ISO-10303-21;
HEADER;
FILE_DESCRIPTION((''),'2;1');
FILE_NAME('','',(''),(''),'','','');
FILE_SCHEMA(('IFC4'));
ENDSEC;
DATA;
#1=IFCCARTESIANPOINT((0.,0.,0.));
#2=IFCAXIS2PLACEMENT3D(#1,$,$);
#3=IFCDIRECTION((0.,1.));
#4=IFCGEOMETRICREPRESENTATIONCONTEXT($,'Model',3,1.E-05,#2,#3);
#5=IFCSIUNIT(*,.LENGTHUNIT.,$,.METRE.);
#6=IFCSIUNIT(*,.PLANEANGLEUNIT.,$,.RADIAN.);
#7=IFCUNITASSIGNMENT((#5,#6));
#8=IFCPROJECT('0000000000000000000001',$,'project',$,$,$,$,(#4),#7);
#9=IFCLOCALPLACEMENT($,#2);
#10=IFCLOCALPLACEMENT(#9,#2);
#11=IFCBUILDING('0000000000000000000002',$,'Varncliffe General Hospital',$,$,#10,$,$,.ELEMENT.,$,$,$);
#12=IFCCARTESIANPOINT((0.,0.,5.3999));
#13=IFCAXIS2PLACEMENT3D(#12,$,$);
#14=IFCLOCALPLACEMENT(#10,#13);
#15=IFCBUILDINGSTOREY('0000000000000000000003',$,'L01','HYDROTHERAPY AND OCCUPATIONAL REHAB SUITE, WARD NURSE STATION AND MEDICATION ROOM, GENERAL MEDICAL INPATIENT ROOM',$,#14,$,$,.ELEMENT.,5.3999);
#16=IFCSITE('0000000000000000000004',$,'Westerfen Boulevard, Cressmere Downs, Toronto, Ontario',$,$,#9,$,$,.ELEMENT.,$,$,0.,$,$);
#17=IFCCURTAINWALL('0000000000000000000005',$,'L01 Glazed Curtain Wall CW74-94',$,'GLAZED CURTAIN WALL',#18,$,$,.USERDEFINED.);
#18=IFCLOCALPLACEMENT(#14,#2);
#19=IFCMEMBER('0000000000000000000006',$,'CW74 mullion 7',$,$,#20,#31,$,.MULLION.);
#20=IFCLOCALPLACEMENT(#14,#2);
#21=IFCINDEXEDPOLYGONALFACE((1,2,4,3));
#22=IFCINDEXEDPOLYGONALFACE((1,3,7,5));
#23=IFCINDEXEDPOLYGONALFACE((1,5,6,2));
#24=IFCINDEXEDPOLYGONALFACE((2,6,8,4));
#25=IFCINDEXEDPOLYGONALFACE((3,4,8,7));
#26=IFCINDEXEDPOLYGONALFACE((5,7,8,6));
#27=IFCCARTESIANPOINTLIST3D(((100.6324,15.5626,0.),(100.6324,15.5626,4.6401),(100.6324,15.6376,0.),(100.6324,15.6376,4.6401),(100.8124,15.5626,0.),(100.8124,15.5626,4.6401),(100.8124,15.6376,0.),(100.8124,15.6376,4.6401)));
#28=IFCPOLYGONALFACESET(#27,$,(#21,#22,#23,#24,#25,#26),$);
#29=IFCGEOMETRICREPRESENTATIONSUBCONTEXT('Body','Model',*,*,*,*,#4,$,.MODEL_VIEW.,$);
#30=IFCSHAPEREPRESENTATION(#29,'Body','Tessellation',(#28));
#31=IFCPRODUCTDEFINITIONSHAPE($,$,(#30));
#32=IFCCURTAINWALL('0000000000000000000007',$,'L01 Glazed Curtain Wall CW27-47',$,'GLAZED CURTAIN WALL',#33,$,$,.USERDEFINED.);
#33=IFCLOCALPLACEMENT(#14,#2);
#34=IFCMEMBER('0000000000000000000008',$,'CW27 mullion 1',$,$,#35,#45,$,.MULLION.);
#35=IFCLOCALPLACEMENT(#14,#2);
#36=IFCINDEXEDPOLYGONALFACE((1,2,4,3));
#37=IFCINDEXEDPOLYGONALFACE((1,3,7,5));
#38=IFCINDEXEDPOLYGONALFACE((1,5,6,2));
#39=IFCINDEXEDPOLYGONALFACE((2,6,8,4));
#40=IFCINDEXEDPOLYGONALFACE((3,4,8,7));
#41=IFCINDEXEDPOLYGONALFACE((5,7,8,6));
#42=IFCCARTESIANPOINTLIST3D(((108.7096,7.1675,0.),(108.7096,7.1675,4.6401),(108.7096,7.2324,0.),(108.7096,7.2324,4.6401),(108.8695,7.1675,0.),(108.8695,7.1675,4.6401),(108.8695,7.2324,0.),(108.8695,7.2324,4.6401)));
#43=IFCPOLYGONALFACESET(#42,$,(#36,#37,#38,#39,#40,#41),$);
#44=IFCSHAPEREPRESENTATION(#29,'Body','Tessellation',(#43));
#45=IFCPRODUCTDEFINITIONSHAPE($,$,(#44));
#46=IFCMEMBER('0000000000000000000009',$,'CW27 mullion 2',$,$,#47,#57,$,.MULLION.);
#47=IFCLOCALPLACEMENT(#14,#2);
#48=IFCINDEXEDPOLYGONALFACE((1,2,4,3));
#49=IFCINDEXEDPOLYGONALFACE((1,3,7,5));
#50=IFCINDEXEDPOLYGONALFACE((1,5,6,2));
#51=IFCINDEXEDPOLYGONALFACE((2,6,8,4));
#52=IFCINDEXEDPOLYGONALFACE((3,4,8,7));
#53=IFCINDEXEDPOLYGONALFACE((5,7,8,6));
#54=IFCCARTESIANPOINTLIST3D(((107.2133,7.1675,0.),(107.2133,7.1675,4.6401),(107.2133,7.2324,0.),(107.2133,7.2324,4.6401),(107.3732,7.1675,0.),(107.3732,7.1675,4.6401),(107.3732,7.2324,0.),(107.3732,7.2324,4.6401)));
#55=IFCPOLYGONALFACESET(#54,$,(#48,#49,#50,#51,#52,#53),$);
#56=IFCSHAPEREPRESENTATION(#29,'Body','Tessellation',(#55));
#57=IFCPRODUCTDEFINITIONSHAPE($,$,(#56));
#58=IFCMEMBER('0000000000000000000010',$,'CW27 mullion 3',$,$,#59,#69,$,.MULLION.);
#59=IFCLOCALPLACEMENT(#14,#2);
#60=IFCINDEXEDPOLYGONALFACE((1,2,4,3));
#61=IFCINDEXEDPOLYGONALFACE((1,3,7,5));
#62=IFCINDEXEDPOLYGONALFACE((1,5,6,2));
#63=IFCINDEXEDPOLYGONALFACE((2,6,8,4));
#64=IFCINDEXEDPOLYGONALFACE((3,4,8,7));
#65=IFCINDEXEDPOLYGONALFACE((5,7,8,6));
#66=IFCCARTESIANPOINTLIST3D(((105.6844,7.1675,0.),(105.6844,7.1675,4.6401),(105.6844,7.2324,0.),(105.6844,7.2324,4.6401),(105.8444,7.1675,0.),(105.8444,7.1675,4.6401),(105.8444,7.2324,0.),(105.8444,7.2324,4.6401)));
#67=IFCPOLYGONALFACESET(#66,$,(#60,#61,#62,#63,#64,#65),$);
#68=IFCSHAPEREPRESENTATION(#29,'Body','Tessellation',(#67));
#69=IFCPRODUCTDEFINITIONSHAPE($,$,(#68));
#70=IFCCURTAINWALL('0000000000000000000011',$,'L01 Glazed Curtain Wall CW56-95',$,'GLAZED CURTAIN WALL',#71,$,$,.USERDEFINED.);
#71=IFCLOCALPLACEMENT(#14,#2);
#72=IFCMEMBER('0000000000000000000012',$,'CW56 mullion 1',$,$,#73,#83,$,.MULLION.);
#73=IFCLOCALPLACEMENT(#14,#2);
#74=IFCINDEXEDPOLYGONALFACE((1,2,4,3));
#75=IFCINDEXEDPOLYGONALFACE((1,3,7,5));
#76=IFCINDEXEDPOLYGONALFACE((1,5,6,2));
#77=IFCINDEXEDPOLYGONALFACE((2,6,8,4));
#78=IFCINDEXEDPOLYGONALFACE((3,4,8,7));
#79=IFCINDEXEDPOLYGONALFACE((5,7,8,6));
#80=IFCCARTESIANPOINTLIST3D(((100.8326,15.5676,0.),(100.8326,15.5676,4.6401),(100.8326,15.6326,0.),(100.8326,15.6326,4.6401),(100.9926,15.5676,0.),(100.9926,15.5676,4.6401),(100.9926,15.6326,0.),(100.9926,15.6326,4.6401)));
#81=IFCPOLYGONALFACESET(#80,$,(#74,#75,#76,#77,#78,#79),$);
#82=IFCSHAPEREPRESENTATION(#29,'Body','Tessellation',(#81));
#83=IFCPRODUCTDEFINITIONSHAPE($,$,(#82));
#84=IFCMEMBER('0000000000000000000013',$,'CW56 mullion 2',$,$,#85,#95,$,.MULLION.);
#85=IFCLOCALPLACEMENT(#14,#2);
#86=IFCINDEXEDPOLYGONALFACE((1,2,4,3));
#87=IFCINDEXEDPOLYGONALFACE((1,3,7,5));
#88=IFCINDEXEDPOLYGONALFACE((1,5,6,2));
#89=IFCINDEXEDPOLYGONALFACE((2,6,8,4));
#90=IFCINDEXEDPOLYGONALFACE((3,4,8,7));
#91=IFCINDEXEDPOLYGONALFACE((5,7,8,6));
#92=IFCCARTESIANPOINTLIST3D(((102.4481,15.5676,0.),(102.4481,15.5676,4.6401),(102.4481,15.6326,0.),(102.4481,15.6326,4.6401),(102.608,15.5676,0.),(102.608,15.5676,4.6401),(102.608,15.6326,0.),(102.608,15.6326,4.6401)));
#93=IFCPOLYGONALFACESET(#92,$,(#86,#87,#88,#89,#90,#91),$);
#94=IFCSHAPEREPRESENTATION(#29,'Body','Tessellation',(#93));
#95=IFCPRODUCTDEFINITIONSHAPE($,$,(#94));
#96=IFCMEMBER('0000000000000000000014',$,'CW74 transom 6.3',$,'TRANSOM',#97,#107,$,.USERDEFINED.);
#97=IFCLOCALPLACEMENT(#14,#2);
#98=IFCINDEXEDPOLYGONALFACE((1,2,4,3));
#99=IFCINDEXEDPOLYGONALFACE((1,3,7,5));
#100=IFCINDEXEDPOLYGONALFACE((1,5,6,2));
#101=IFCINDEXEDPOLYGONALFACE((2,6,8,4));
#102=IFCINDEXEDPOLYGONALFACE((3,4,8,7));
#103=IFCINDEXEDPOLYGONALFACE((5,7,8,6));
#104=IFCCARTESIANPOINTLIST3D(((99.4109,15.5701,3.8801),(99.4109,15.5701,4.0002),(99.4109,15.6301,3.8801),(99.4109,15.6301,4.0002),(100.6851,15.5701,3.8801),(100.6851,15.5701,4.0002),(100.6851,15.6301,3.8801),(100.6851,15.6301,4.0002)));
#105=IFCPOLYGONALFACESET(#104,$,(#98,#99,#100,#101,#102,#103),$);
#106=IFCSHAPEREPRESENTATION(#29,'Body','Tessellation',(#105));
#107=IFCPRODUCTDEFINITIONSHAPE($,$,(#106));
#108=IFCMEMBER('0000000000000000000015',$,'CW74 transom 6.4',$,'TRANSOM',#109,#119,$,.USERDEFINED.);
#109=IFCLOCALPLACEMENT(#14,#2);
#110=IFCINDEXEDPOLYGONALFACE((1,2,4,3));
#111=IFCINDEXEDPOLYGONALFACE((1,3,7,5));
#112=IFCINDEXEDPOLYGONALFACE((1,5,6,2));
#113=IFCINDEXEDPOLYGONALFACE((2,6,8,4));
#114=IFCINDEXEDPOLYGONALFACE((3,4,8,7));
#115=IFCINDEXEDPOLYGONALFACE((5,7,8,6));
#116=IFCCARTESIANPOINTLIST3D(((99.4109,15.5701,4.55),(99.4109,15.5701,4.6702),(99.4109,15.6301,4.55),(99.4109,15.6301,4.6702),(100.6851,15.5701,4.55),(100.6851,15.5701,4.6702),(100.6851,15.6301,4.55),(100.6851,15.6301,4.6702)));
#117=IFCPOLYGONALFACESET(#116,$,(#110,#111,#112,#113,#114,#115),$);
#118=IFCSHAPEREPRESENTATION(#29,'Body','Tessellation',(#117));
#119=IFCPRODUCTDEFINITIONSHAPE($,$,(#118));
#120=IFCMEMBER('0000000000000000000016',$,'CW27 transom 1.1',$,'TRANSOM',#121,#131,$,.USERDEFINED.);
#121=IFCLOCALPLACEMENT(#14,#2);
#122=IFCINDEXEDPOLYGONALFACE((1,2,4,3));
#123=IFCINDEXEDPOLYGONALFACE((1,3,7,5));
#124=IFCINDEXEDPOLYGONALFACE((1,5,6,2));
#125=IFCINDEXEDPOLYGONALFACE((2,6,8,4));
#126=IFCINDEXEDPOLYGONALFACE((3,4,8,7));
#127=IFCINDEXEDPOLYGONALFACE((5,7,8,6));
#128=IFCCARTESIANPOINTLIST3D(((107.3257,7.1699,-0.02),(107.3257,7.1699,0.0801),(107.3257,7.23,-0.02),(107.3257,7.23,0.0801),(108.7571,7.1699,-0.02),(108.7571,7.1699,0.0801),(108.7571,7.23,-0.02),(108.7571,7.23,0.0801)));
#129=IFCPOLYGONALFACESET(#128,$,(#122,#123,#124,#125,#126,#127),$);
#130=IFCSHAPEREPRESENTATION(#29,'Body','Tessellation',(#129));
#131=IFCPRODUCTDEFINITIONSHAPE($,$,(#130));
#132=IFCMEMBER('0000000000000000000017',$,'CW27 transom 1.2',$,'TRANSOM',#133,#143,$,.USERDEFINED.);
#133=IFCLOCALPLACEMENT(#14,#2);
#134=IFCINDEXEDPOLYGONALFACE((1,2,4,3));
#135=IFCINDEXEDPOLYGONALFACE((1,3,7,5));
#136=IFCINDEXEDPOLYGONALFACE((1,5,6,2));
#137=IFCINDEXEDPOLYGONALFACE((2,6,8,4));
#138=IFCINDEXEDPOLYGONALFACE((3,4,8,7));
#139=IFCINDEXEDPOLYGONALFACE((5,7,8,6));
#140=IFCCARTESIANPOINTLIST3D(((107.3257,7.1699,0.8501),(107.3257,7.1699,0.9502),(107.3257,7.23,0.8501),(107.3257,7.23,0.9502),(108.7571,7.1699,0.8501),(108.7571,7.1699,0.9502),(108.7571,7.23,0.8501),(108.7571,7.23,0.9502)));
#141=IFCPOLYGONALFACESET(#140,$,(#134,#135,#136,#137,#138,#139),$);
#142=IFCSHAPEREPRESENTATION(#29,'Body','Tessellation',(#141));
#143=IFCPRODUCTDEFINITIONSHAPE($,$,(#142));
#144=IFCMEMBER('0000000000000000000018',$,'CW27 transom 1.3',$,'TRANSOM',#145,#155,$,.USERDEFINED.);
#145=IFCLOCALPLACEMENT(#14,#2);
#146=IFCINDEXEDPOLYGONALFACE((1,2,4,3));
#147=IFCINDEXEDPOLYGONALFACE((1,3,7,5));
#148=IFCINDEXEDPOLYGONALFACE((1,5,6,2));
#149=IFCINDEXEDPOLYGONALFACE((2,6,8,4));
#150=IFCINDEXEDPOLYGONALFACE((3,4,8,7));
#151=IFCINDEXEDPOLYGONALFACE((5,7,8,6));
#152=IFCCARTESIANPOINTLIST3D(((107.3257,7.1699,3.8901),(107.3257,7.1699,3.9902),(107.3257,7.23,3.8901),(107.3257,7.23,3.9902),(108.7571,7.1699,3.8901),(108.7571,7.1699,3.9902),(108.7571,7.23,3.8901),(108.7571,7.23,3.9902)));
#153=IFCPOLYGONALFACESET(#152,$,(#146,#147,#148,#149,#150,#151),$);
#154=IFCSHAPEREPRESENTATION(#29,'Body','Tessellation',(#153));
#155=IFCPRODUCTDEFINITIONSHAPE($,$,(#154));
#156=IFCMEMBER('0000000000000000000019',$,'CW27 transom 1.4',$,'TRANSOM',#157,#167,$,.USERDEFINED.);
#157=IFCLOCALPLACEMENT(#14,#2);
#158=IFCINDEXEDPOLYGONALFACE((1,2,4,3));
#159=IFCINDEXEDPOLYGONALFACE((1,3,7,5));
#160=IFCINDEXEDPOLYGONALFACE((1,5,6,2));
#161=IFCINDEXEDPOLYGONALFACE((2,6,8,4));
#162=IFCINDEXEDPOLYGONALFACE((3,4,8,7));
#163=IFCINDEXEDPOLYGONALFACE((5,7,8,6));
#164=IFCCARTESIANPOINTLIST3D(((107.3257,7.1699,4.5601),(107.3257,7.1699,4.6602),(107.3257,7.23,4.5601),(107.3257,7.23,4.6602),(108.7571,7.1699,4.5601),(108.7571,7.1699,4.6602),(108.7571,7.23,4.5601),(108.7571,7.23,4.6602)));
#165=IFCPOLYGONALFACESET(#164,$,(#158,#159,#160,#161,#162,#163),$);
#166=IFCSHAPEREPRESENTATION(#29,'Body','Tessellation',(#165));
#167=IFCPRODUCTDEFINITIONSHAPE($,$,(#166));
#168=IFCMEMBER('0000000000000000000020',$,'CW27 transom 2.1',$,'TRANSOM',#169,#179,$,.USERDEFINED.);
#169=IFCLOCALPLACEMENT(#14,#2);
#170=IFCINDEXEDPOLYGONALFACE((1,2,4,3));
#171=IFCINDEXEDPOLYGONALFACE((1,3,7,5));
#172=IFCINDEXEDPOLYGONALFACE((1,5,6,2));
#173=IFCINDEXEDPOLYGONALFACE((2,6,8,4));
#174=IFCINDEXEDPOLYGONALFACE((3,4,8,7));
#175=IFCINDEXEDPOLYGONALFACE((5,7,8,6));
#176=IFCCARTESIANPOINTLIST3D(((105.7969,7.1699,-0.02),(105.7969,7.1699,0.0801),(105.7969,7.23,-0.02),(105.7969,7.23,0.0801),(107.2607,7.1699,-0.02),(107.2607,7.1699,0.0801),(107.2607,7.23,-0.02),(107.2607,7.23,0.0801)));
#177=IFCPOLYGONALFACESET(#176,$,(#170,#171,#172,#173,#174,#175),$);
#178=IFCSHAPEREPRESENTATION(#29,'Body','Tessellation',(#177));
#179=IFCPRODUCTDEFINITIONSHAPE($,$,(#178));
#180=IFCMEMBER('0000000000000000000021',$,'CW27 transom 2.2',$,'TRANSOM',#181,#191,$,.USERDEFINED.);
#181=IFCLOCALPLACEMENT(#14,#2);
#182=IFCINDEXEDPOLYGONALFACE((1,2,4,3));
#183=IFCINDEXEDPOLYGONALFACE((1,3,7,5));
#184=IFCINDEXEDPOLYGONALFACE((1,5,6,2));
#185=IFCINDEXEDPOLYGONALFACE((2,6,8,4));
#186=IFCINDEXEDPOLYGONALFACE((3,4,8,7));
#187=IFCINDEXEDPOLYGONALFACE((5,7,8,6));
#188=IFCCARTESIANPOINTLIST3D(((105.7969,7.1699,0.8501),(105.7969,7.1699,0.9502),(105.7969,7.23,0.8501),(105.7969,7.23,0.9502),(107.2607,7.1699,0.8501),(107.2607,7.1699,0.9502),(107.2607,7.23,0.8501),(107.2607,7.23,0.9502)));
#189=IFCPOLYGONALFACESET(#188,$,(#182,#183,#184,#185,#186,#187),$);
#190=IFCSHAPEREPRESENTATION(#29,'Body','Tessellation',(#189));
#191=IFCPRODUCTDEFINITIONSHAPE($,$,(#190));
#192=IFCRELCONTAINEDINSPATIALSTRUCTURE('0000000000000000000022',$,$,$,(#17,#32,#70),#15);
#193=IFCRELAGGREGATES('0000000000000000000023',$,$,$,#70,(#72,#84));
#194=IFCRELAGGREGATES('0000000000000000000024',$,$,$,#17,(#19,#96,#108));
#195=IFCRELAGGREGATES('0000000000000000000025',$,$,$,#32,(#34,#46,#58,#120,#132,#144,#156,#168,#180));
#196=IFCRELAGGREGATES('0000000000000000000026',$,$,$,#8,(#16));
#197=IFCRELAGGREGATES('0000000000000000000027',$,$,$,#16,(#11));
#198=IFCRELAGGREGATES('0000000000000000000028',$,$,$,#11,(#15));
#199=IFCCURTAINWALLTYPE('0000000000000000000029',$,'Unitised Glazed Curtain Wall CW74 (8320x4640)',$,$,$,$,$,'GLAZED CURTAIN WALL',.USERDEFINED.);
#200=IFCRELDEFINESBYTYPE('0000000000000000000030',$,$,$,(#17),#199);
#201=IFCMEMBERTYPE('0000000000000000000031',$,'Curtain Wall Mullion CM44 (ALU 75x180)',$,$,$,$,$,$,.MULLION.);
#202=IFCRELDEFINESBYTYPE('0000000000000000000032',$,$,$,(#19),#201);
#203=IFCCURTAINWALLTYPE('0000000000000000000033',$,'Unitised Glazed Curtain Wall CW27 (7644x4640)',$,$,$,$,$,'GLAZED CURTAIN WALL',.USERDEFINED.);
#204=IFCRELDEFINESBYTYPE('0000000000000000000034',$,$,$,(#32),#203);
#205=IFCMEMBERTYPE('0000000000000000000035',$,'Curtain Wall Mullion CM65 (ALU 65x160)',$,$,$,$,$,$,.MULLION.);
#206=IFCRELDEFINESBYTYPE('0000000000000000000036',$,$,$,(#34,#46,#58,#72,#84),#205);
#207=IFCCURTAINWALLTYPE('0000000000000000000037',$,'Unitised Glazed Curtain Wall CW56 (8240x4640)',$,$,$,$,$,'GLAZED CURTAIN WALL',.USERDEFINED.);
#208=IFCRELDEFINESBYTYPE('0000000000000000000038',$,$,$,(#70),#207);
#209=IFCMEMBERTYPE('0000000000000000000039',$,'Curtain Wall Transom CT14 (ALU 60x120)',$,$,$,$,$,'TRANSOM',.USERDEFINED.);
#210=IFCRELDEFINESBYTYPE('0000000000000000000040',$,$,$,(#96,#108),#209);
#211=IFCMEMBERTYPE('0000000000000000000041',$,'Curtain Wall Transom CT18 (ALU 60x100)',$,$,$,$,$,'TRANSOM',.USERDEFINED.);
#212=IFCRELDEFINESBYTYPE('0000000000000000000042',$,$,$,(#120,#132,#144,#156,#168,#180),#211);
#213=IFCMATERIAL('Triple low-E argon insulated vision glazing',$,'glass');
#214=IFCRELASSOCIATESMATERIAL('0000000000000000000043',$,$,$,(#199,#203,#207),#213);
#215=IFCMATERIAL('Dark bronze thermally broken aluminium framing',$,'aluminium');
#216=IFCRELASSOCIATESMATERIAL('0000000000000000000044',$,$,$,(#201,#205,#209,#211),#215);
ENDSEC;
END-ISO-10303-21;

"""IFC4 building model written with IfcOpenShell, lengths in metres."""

from ifc_helpers import new_model, si_unit, direction, frame, origin, origin_2d, place, context, subcontext, project, spatial, rectangle, extrude, material, material_profile, profile_set, type_object, element, aggregate, save


model = new_model("IFC4")

# Units and contexts
model_context = context("Model", 3, precision=1e-05, world=origin(), true_north=direction((0.0, 1.0)))
body_context = subcontext(model_context, "Body", "Model", "MODEL_VIEW")
ifc_project = project(units=[si_unit("LENGTHUNIT", "METRE"), si_unit("PLANEANGLEUNIT", "RADIAN")], contexts=[model_context])

# Site, building, storey
site_placement = place(None, origin())
site = spatial("IfcSite", under=ifc_project, at=site_placement, Name="Westerfen Boulevard, Cressmere Downs, Toronto, Ontario", CompositionType="ELEMENT", RefElevation=0.0)
building_placement = place(site_placement, origin())
building = spatial("IfcBuilding", under=site, at=building_placement, Name="Varncliffe General Hospital", CompositionType="ELEMENT")
storey_placement = place(building_placement, frame((0.0, 0.0, 5.3999)))
storey = spatial("IfcBuildingStorey", under=building, at=storey_placement, Name="L01", Description="HYDROTHERAPY AND OCCUPATIONAL REHAB SUITE, WARD NURSE STATION AND MEDICATION ROOM, GENERAL MEDICAL INPATIENT ROOM", CompositionType="ELEMENT", Elevation=5.3999)

# Curtain wall, member
ifc_material_1 = material(Name="Triple low-E argon insulated vision glazing", Category="glass")
curtain_wall_type_1 = type_object("IfcCurtainWallType", Name="Unitised Glazed Curtain Wall CW74 (8320x4640)", ElementType="GLAZED CURTAIN WALL", PredefinedType="USERDEFINED", material=ifc_material_1)
curtain_wall_1_placement = place(storey_placement, origin())
curtain_wall_1 = element("IfcCurtainWall", 1, at=curtain_wall_1_placement, inside=storey, type_object=curtain_wall_type_1, Name="L01 Glazed Curtain Wall CW74-94", ObjectType="GLAZED CURTAIN WALL", PredefinedType="USERDEFINED")
ifc_material_2 = material(Name="Dark bronze thermally broken aluminium framing", Category="aluminium")
ifc_material_profile_1 = material_profile(ifc_material_2, rectangle(XDim=0.075, YDim=0.1799, at=origin_2d()), Name="ALU 75x180")
ifc_profile_set_1 = profile_set([ifc_material_profile_1], Name="Dark bronze thermally broken aluminium framing")
member_type_1 = type_object("IfcMemberType", Name="Curtain Wall Mullion CM44 (ALU 75x180)", PredefinedType="MULLION", material=ifc_profile_set_1)
member_1_placement = place(storey_placement, frame((100.7224, 15.6001, 0.0), z_axis=(0.0, 0.0, 1.0), x_axis=(0.0, 1.0, 0.0)))
member_1 = element("IfcMember", 2, at=member_1_placement, type_object=member_type_1, Name="CW74 mullion 7", PredefinedType="MULLION", context=body_context, shape_type="SweptSolid", body=[
    extrude(rectangle(XDim=0.075, YDim=0.1799, at=origin_2d()), origin(), (0.0, 0.0, 1.0), 4.6401),
])

# Curtain walls, members
curtain_wall_type_2 = type_object("IfcCurtainWallType", Name="Unitised Glazed Curtain Wall CW27 (7644x4640)", ElementType="GLAZED CURTAIN WALL", PredefinedType="USERDEFINED", material=ifc_material_1)
curtain_wall_2_placement = place(storey_placement, origin())
curtain_wall_2 = element("IfcCurtainWall", 3, at=curtain_wall_2_placement, inside=storey, type_object=curtain_wall_type_2, Name="L01 Glazed Curtain Wall CW27-47", ObjectType="GLAZED CURTAIN WALL", PredefinedType="USERDEFINED")
ifc_material_profile_2 = material_profile(ifc_material_2, rectangle(XDim=0.0649, YDim=0.1599, at=origin_2d()), Name="ALU 65x160")
ifc_profile_set_2 = profile_set([ifc_material_profile_2], Name="Dark bronze thermally broken aluminium framing")
member_type_2 = type_object("IfcMemberType", Name="Curtain Wall Mullion CM65 (ALU 65x160)", PredefinedType="MULLION", material=ifc_profile_set_2)
member_2_placement = place(storey_placement, frame((108.7896, 7.2, 0.0), z_axis=(0.0, 0.0, 1.0), x_axis=(0.0, -1.0, 0.0)))
member_2 = element("IfcMember", 4, at=member_2_placement, type_object=member_type_2, Name="CW27 mullion 1", PredefinedType="MULLION", context=body_context, shape_type="SweptSolid", body=[
    extrude(rectangle(XDim=0.0649, YDim=0.1599, at=origin_2d()), origin(), (0.0, 0.0, 1.0), 4.6401),
])
member_3_placement = place(storey_placement, frame((107.2932, 7.2, 0.0), z_axis=(0.0, 0.0, 1.0), x_axis=(0.0, -1.0, 0.0)))
member_3 = element("IfcMember", 5, at=member_3_placement, type_object=member_type_2, Name="CW27 mullion 2", PredefinedType="MULLION", context=body_context, shape_type="SweptSolid", body=[
    extrude(rectangle(XDim=0.0649, YDim=0.1599, at=origin_2d()), origin(), (0.0, 0.0, 1.0), 4.6401),
])
member_4_placement = place(storey_placement, frame((105.7644, 7.2, 0.0), z_axis=(0.0, 0.0, 1.0), x_axis=(0.0, -1.0, 0.0)))
member_4 = element("IfcMember", 6, at=member_4_placement, type_object=member_type_2, Name="CW27 mullion 3", PredefinedType="MULLION", context=body_context, shape_type="SweptSolid", body=[
    extrude(rectangle(XDim=0.0649, YDim=0.1599, at=origin_2d()), origin(), (0.0, 0.0, 1.0), 4.6401),
])
curtain_wall_type_3 = type_object("IfcCurtainWallType", Name="Unitised Glazed Curtain Wall CW56 (8240x4640)", ElementType="GLAZED CURTAIN WALL", PredefinedType="USERDEFINED", material=ifc_material_1)
curtain_wall_3_placement = place(storey_placement, origin())
curtain_wall_3 = element("IfcCurtainWall", 7, at=curtain_wall_3_placement, inside=storey, type_object=curtain_wall_type_3, Name="L01 Glazed Curtain Wall CW56-95", ObjectType="GLAZED CURTAIN WALL", PredefinedType="USERDEFINED")
member_5_placement = place(storey_placement, frame((100.9126, 15.6001, 0.0), z_axis=(0.0, 0.0, 1.0), x_axis=(0.0, 1.0, 0.0)))
member_5 = element("IfcMember", 8, at=member_5_placement, type_object=member_type_2, Name="CW56 mullion 1", PredefinedType="MULLION", context=body_context, shape_type="SweptSolid", body=[
    extrude(rectangle(XDim=0.0649, YDim=0.1599, at=origin_2d()), origin(), (0.0, 0.0, 1.0), 4.6401),
])
member_6_placement = place(storey_placement, frame((102.5281, 15.6001, 0.0), z_axis=(0.0, 0.0, 1.0), x_axis=(0.0, 1.0, 0.0)))
member_6 = element("IfcMember", 9, at=member_6_placement, type_object=member_type_2, Name="CW56 mullion 2", PredefinedType="MULLION", context=body_context, shape_type="SweptSolid", body=[
    extrude(rectangle(XDim=0.0649, YDim=0.1599, at=origin_2d()), origin(), (0.0, 0.0, 1.0), 4.6401),
])

# Members
ifc_material_profile_3 = material_profile(ifc_material_2, rectangle(XDim=0.0601, YDim=0.1201, at=origin_2d()), Name="ALU 60x120")
ifc_profile_set_3 = profile_set([ifc_material_profile_3], Name="Dark bronze thermally broken aluminium framing")
member_type_3 = type_object("IfcMemberType", Name="Curtain Wall Transom CT14 (ALU 60x120)", ElementType="TRANSOM", PredefinedType="USERDEFINED", material=ifc_profile_set_3)
member_7_placement = place(storey_placement, frame((99.4109, 15.6001, 3.9402), z_axis=(1.0, 0.0, 0.0), x_axis=(0.0, 1.0, 0.0)))
member_7 = element("IfcMember", 10, at=member_7_placement, type_object=member_type_3, Name="CW74 transom 6.3", ObjectType="TRANSOM", PredefinedType="USERDEFINED", context=body_context, shape_type="SweptSolid", body=[
    extrude(rectangle(XDim=0.0601, YDim=0.1201, at=origin_2d()), origin(), (0.0, 0.0, 1.0), 1.2742),
])
member_8_placement = place(storey_placement, frame((99.4109, 15.6001, 4.6101), z_axis=(1.0, 0.0, 0.0), x_axis=(0.0, 1.0, 0.0)))
member_8 = element("IfcMember", 11, at=member_8_placement, type_object=member_type_3, Name="CW74 transom 6.4", ObjectType="TRANSOM", PredefinedType="USERDEFINED", context=body_context, shape_type="SweptSolid", body=[
    extrude(rectangle(XDim=0.0601, YDim=0.1201, at=origin_2d()), origin(), (0.0, 0.0, 1.0), 1.2742),
])
ifc_material_profile_4 = material_profile(ifc_material_2, rectangle(XDim=0.0601, YDim=0.1001, at=origin_2d()), Name="ALU 60x100")
ifc_profile_set_4 = profile_set([ifc_material_profile_4], Name="Dark bronze thermally broken aluminium framing")
member_type_4 = type_object("IfcMemberType", Name="Curtain Wall Transom CT18 (ALU 60x100)", ElementType="TRANSOM", PredefinedType="USERDEFINED", material=ifc_profile_set_4)
member_9_placement = place(storey_placement, frame((108.7571, 7.2, 0.03), z_axis=(-1.0, 0.0, 0.0), x_axis=(0.0, -1.0, 0.0)))
member_9 = element("IfcMember", 12, at=member_9_placement, type_object=member_type_4, Name="CW27 transom 1.1", ObjectType="TRANSOM", PredefinedType="USERDEFINED", context=body_context, shape_type="SweptSolid", body=[
    extrude(rectangle(XDim=0.0601, YDim=0.1001, at=origin_2d()), origin(), (0.0, 0.0, 1.0), 1.4314),
])
member_10_placement = place(storey_placement, frame((108.7571, 7.2, 0.9001), z_axis=(-1.0, 0.0, 0.0), x_axis=(0.0, -1.0, 0.0)))
member_10 = element("IfcMember", 13, at=member_10_placement, type_object=member_type_4, Name="CW27 transom 1.2", ObjectType="TRANSOM", PredefinedType="USERDEFINED", context=body_context, shape_type="SweptSolid", body=[
    extrude(rectangle(XDim=0.0601, YDim=0.1001, at=origin_2d()), origin(), (0.0, 0.0, 1.0), 1.4314),
])
member_11_placement = place(storey_placement, frame((108.7571, 7.2, 3.9402), z_axis=(-1.0, 0.0, 0.0), x_axis=(0.0, -1.0, 0.0)))
member_11 = element("IfcMember", 14, at=member_11_placement, type_object=member_type_4, Name="CW27 transom 1.3", ObjectType="TRANSOM", PredefinedType="USERDEFINED", context=body_context, shape_type="SweptSolid", body=[
    extrude(rectangle(XDim=0.0601, YDim=0.1001, at=origin_2d()), origin(), (0.0, 0.0, 1.0), 1.4314),
])
member_12_placement = place(storey_placement, frame((108.7571, 7.2, 4.6101), z_axis=(-1.0, 0.0, 0.0), x_axis=(0.0, -1.0, 0.0)))
member_12 = element("IfcMember", 15, at=member_12_placement, type_object=member_type_4, Name="CW27 transom 1.4", ObjectType="TRANSOM", PredefinedType="USERDEFINED", context=body_context, shape_type="SweptSolid", body=[
    extrude(rectangle(XDim=0.0601, YDim=0.1001, at=origin_2d()), origin(), (0.0, 0.0, 1.0), 1.4314),
])
member_13_placement = place(storey_placement, frame((107.2607, 7.2, 0.03), z_axis=(-1.0, 0.0, 0.0), x_axis=(0.0, -1.0, 0.0)))
member_13 = element("IfcMember", 16, at=member_13_placement, type_object=member_type_4, Name="CW27 transom 2.1", ObjectType="TRANSOM", PredefinedType="USERDEFINED", context=body_context, shape_type="SweptSolid", body=[
    extrude(rectangle(XDim=0.0601, YDim=0.1001, at=origin_2d()), origin(), (0.0, 0.0, 1.0), 1.4639),
])
member_14_placement = place(storey_placement, frame((107.2607, 7.2, 0.9001), z_axis=(-1.0, 0.0, 0.0), x_axis=(0.0, -1.0, 0.0)))
member_14 = element("IfcMember", 17, at=member_14_placement, type_object=member_type_4, Name="CW27 transom 2.2", ObjectType="TRANSOM", PredefinedType="USERDEFINED", context=body_context, shape_type="SweptSolid", body=[
    extrude(rectangle(XDim=0.0601, YDim=0.1001, at=origin_2d()), origin(), (0.0, 0.0, 1.0), 1.4639),
])

aggregate(curtain_wall_3, [member_5, member_6])
aggregate(curtain_wall_1, [member_1, member_7, member_8])
aggregate(curtain_wall_2, [member_2, member_3, member_4, member_9, member_10, member_11, member_12, member_13, member_14])

save(model, "model.ifc")
